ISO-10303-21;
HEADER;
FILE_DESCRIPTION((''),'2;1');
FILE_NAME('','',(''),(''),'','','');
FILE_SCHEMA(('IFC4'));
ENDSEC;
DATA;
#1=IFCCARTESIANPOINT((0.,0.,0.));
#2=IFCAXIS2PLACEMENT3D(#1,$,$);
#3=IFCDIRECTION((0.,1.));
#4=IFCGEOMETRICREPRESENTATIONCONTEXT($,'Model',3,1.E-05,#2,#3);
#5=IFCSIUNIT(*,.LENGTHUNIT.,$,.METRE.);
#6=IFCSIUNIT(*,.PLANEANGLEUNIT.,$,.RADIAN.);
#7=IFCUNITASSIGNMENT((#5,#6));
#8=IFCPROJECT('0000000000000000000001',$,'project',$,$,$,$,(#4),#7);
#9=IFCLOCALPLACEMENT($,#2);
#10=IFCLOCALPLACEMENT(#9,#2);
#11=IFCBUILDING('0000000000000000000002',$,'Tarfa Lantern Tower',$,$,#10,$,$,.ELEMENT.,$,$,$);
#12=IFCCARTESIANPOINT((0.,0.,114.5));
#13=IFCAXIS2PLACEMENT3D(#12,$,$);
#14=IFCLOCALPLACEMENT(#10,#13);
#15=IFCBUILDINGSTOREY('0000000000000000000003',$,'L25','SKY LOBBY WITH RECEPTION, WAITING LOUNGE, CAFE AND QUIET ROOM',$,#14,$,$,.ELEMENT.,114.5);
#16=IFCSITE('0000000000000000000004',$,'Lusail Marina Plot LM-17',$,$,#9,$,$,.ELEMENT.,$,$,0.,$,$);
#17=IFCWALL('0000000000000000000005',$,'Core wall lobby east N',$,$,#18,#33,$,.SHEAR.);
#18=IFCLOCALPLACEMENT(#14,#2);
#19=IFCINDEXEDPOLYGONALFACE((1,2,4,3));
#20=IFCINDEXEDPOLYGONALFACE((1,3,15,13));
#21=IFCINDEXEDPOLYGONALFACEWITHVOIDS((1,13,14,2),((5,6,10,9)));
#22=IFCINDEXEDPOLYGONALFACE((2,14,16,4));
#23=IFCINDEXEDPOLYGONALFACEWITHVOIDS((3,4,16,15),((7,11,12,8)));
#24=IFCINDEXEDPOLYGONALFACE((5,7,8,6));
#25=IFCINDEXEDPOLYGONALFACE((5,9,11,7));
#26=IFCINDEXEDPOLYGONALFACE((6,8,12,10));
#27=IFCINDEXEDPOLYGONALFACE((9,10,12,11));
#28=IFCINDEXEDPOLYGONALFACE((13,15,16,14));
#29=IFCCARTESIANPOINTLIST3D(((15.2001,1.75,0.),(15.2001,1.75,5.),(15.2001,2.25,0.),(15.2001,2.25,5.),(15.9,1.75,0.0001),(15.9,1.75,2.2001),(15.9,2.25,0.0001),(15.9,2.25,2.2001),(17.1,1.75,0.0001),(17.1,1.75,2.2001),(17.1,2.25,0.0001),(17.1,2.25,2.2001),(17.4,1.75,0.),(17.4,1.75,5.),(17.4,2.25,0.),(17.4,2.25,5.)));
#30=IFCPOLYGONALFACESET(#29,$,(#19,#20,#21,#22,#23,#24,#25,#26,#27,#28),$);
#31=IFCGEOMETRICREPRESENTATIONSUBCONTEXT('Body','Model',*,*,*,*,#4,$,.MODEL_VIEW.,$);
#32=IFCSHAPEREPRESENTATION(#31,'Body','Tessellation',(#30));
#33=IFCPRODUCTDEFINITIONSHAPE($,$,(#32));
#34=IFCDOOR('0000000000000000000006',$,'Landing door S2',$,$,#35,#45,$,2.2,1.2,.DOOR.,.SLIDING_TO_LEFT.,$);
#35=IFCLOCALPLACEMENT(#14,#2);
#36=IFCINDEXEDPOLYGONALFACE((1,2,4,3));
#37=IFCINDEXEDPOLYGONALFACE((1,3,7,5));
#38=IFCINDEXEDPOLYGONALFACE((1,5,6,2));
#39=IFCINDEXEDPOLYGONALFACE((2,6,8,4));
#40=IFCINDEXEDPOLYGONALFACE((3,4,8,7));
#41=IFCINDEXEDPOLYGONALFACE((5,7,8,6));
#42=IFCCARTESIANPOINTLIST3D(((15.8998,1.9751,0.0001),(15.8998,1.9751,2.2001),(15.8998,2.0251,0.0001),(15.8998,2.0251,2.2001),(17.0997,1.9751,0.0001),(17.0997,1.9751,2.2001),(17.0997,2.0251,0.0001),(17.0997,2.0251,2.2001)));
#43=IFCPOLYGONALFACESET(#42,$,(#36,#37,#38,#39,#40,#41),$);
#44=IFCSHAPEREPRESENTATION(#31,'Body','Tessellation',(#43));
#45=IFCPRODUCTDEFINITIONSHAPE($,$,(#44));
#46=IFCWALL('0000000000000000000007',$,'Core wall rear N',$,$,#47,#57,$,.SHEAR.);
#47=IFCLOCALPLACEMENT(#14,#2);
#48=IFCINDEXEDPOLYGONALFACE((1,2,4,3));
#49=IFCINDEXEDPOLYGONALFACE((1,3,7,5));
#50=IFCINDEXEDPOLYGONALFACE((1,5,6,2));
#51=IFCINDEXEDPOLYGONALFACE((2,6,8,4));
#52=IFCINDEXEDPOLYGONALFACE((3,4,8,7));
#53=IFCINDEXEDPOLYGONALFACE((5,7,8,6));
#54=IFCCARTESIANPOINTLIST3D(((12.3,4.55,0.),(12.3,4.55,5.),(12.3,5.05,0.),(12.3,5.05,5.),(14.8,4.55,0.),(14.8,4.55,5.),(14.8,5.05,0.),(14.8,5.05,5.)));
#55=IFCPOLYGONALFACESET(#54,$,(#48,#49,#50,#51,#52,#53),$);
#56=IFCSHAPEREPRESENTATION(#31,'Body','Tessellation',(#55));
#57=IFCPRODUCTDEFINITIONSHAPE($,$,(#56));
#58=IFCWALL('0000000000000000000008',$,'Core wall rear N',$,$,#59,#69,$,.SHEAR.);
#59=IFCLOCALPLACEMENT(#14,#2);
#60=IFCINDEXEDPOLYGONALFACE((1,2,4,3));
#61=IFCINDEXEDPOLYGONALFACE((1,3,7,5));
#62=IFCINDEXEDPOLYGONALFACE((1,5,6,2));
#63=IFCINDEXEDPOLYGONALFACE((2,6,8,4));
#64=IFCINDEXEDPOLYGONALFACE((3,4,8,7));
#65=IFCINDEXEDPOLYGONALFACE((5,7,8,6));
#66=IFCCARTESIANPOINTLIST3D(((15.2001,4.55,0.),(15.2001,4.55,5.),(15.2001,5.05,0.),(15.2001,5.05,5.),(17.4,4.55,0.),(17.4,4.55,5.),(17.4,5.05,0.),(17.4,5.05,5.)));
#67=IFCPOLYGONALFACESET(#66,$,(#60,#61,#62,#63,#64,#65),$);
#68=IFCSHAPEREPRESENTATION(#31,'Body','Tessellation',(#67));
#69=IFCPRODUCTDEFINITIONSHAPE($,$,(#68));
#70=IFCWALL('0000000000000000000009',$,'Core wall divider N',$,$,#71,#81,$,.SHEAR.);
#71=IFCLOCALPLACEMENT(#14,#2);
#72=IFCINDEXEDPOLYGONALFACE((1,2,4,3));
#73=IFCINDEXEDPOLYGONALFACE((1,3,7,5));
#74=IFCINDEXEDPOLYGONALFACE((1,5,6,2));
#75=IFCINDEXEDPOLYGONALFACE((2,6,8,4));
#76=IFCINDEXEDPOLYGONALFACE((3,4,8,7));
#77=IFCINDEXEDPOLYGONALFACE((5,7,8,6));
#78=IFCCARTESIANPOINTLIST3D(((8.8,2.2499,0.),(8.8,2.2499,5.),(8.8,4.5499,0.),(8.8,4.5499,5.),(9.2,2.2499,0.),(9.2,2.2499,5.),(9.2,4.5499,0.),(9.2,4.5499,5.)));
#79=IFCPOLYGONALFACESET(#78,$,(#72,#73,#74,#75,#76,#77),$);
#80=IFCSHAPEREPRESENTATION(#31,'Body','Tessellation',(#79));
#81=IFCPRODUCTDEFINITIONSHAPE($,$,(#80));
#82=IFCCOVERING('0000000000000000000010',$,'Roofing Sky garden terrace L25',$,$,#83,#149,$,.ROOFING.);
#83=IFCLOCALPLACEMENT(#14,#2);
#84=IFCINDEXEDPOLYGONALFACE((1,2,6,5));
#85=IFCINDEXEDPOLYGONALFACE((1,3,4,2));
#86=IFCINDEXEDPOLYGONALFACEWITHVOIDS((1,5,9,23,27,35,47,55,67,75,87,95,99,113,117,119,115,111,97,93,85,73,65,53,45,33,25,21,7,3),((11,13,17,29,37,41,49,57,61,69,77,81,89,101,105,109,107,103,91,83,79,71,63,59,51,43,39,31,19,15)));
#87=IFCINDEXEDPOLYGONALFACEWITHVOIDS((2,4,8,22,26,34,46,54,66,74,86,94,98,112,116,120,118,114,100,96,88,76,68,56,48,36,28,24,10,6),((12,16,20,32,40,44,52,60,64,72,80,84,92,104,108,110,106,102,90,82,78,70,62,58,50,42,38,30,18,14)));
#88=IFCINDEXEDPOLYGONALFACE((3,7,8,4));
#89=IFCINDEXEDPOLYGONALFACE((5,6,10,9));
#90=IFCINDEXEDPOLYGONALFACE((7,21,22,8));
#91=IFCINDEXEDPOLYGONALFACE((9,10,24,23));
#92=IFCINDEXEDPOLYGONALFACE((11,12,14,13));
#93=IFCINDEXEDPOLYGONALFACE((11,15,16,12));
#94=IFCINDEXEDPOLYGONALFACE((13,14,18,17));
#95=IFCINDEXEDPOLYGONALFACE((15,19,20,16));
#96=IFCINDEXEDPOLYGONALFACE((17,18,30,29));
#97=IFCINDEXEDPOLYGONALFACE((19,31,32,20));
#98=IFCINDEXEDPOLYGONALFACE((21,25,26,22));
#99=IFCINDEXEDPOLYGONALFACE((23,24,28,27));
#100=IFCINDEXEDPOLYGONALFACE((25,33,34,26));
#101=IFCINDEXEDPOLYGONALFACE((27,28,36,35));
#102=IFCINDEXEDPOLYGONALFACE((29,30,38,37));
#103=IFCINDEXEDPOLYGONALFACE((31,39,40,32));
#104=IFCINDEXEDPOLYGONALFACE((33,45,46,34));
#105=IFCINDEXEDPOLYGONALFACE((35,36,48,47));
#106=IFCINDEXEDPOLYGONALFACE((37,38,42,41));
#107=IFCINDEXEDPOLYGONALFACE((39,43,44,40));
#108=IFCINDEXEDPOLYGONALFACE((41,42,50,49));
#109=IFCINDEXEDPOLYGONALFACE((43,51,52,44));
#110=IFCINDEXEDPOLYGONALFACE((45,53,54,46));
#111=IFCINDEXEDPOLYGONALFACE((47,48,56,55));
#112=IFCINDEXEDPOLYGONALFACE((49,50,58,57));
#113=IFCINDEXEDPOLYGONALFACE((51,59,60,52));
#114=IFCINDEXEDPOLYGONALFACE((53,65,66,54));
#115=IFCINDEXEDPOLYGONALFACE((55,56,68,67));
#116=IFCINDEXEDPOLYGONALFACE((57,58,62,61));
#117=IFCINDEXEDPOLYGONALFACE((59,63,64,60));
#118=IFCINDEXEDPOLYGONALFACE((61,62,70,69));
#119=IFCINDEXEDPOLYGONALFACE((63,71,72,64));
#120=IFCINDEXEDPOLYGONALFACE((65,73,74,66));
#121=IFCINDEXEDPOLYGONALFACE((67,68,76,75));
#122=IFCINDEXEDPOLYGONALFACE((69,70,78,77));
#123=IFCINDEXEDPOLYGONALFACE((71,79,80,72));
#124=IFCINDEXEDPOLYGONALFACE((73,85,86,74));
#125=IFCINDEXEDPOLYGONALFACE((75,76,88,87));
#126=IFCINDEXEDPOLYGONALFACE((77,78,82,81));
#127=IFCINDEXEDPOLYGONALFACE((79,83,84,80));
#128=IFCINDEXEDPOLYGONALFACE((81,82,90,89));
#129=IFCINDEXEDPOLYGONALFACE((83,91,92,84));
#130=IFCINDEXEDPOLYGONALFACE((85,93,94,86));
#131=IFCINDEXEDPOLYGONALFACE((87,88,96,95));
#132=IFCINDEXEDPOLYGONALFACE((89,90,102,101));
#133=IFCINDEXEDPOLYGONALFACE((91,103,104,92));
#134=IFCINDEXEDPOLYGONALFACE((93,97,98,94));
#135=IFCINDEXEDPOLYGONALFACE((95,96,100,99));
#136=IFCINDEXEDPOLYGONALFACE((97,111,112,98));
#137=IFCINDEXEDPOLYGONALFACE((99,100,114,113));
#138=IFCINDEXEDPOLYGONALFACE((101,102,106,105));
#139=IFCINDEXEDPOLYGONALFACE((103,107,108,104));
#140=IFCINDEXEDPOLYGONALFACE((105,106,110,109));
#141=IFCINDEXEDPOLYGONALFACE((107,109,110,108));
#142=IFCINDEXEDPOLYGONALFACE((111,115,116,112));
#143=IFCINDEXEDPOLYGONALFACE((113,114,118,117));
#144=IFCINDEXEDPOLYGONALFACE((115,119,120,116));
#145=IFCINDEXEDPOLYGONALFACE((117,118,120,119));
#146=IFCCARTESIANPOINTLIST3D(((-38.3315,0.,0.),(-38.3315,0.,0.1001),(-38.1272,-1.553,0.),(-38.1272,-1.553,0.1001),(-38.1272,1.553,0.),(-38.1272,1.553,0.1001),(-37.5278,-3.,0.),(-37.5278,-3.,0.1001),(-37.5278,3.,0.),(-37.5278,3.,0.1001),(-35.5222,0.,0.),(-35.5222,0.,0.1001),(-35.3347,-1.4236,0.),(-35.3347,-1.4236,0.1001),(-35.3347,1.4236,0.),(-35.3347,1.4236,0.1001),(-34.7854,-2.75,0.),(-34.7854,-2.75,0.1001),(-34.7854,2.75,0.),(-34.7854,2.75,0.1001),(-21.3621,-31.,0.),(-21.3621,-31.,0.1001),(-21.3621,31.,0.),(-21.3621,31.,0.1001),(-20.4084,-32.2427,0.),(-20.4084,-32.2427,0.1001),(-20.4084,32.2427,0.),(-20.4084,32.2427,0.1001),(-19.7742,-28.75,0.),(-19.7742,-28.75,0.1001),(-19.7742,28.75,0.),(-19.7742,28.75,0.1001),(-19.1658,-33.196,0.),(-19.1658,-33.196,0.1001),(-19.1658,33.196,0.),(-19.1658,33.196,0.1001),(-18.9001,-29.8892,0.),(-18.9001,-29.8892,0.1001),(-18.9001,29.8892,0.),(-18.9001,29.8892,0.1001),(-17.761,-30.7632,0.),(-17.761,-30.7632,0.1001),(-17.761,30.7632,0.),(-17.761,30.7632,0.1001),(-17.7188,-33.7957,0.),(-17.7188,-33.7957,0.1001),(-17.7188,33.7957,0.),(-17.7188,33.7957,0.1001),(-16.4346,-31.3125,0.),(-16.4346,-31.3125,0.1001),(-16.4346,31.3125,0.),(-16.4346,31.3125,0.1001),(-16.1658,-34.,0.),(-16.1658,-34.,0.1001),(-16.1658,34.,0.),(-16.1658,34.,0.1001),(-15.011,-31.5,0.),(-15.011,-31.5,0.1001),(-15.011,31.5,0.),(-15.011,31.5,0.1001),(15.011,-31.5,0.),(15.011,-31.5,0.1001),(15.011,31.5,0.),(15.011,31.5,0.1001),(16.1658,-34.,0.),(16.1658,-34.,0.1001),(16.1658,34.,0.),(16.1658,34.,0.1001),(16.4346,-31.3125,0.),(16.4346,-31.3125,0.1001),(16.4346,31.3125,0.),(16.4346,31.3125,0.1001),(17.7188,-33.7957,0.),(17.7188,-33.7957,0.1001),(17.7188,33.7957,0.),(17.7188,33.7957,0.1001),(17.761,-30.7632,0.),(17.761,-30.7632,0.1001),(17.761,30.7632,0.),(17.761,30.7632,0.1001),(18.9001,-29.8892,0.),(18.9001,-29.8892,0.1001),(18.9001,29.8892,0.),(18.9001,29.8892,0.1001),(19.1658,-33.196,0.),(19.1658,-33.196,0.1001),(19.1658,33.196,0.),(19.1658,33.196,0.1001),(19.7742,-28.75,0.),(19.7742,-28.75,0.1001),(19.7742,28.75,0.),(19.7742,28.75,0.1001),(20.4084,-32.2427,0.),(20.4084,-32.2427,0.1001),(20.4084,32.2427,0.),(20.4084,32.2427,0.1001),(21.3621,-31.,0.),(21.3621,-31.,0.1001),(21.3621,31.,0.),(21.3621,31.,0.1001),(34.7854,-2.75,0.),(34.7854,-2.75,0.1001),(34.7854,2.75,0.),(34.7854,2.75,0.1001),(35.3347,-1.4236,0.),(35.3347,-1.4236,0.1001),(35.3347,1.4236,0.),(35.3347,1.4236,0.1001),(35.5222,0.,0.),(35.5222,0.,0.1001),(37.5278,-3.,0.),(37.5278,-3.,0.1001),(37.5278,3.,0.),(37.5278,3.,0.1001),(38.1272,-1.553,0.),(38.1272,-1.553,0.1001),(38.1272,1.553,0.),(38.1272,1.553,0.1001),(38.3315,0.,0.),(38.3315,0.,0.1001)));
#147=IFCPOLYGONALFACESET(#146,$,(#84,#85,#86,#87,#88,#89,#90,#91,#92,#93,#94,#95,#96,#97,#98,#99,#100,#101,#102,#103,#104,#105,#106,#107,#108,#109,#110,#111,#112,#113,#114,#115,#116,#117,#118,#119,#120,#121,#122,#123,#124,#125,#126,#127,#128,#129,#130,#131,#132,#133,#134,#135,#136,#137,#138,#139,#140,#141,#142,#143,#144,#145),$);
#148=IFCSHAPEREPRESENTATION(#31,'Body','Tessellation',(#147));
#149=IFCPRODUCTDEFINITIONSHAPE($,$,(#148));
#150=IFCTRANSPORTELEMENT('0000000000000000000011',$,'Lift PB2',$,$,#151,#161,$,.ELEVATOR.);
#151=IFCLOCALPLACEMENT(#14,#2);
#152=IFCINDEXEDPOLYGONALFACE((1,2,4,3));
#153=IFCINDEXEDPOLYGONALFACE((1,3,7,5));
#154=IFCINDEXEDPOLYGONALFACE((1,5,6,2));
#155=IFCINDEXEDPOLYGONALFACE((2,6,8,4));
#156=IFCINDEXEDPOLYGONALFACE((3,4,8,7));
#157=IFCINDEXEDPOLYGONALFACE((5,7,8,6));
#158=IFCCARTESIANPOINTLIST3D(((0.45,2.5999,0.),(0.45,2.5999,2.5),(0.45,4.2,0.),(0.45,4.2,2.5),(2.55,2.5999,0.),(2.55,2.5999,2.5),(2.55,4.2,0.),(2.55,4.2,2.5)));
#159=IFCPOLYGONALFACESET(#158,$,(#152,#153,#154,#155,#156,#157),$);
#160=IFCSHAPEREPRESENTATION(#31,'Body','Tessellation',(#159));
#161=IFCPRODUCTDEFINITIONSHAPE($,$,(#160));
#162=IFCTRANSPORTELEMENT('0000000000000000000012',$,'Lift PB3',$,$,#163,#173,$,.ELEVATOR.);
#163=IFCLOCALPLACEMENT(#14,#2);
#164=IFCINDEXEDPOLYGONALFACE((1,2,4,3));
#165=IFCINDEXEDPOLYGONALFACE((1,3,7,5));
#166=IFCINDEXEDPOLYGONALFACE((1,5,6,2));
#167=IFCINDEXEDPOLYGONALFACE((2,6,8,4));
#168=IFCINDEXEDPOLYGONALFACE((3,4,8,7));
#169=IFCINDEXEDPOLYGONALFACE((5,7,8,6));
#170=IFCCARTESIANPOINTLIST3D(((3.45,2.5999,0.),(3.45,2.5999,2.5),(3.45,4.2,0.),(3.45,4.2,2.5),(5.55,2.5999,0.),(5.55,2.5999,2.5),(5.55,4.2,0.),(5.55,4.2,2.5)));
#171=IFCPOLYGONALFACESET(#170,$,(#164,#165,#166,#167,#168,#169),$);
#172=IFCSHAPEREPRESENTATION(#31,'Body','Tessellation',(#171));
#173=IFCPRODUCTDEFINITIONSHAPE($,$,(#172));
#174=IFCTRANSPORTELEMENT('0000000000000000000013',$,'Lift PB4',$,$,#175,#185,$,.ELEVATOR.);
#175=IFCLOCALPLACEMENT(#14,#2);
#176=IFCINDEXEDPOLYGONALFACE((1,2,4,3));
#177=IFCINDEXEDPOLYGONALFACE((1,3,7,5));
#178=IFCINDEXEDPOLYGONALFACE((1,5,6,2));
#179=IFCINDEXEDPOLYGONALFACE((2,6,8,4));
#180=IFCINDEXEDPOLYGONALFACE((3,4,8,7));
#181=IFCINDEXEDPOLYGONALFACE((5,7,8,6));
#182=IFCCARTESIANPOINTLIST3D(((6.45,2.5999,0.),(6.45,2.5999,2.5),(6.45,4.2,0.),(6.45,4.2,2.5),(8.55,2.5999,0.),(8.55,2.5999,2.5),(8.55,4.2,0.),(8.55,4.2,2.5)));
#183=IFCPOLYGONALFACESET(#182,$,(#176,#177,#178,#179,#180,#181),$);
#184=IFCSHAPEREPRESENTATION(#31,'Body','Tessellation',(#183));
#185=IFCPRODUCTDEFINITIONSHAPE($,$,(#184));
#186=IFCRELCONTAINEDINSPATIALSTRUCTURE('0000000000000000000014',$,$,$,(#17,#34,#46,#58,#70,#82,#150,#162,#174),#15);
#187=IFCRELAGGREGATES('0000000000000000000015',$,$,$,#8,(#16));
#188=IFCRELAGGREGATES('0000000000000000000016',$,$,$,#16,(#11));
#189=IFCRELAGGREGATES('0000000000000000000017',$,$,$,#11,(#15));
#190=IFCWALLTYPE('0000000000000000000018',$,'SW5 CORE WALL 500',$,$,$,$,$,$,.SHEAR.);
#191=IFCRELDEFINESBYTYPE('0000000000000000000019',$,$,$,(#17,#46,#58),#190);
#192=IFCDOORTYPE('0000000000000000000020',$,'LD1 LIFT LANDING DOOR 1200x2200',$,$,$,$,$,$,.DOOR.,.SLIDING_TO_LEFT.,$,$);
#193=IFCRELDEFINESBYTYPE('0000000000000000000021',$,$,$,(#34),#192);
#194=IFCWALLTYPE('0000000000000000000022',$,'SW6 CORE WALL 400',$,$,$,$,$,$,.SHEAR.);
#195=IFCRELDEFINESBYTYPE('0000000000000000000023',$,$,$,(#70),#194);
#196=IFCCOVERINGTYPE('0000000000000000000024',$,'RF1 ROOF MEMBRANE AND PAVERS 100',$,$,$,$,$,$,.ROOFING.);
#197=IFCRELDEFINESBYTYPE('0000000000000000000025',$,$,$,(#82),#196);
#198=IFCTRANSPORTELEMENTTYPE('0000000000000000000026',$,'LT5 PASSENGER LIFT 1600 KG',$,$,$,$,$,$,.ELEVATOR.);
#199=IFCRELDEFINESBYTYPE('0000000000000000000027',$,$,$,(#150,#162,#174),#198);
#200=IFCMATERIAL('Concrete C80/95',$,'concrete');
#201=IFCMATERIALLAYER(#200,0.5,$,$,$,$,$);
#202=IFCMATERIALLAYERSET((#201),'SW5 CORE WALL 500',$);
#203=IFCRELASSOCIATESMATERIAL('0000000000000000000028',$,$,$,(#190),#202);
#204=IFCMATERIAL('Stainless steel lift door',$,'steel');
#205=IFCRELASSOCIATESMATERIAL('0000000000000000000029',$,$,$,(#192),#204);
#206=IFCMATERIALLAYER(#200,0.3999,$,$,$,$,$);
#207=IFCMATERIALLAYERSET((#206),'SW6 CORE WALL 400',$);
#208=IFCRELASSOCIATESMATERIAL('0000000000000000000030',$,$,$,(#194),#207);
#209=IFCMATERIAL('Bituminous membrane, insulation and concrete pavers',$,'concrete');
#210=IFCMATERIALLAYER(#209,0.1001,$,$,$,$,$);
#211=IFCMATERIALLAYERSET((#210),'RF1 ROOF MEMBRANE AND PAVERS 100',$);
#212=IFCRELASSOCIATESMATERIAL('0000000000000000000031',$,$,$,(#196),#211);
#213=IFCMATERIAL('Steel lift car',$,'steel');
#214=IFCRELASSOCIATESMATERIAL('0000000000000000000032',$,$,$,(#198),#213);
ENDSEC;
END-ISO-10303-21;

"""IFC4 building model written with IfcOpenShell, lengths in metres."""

from ifc_helpers import new_model, si_unit, direction, frame, frame_2d, origin, origin_2d, place, context, subcontext, project, spatial, polyline, rectangle, outline, extrude, material, layer, layer_set, type_object, element, fill, save


model = new_model("IFC4")

# Units and contexts
model_context = context("Model", 3, precision=1e-05, world=origin(), true_north=direction((0.0, 1.0)))
body_context = subcontext(model_context, "Body", "Model", "MODEL_VIEW")
ifc_project = project(units=[si_unit("LENGTHUNIT", "METRE"), si_unit("PLANEANGLEUNIT", "RADIAN")], contexts=[model_context])

# Site, building, storey
site_placement = place(None, origin())
site = spatial("IfcSite", under=ifc_project, at=site_placement, Name="Lusail Marina Plot LM-17", CompositionType="ELEMENT", RefElevation=0.0)
building_placement = place(site_placement, origin())
building = spatial("IfcBuilding", under=site, at=building_placement, Name="Tarfa Lantern Tower", CompositionType="ELEMENT")
storey_placement = place(building_placement, frame((0.0, 0.0, 114.5)))
storey = spatial("IfcBuildingStorey", under=building, at=storey_placement, Name="L25", Description="SKY LOBBY WITH RECEPTION, WAITING LOUNGE, CAFE AND QUIET ROOM", CompositionType="ELEMENT", Elevation=114.5)

# Shared definitions
ifc_material_1 = material(Name="Concrete C80/95", Category="concrete")
ifc_layer_1 = layer(ifc_material_1, 0.5)
ifc_layer_set_1 = layer_set([ifc_layer_1], Name="SW5 CORE WALL 500")
wall_type_1 = type_object("IfcWallType", Name="SW5 CORE WALL 500", PredefinedType="SHEAR", material=ifc_layer_set_1)

# Wall, opening, door
wall_1_placement = place(storey_placement, frame((15.2, 2.0, 0.0), z_axis=(0.0, 0.0, 1.0), x_axis=(1.0, 0.0, 0.0)))
wall_1 = element("IfcWall", 1, at=wall_1_placement, inside=storey, type_object=wall_type_1, Name="Core wall lobby east N", PredefinedType="SHEAR", context=body_context, shape_type="SweptSolid", body=[
    extrude(rectangle(XDim=2.2, YDim=0.5, at=frame_2d((1.1001, 0.0))), origin(), (0.0, 0.0, 1.0), 5.0),
])
opening_placement = place(wall_1_placement, frame((0.7, 0.0, 0.0)))
opening = element("IfcOpeningElement", 2, at=opening_placement, cuts=wall_1, PredefinedType="OPENING", context=body_context, shape_type="SweptSolid", body=[
    extrude(rectangle(XDim=1.2, YDim=2.2, at=frame_2d((0.6001, 1.1001))), frame((0.0, 0.26, 0.0), z_axis=(0.0, -1.0, 0.0), x_axis=(1.0, 0.0, 0.0)), (0.0, 0.0, 1.0), 0.52),
])
ifc_material_2 = material(Name="Stainless steel lift door", Category="steel")
door_type = type_object("IfcDoorType", Name="LD1 LIFT LANDING DOOR 1200x2200", OperationType="SLIDING_TO_LEFT", PredefinedType="DOOR", material=ifc_material_2)
door_placement = place(opening_placement, frame((1.2, 0.0, 0.0), z_axis=(0.0, 0.0, 1.0), x_axis=(-1.0, 0.0, 0.0)))
door = element("IfcDoor", 3, at=door_placement, inside=storey, type_object=door_type, Name="Landing door S2", OperationType="SLIDING_TO_LEFT", OverallHeight=2.2, OverallWidth=1.2, PredefinedType="DOOR", context=body_context, shape_type="SweptSolid", body=[
    extrude(rectangle(XDim=1.2, YDim=2.2, at=frame_2d((0.6001, 1.1001))), frame((0.0, 0.0249, 0.0), z_axis=(0.0, -1.0, 0.0), x_axis=(1.0, 0.0, 0.0)), (0.0, 0.0, 1.0), 0.05),
])
fill(opening, door)

# Walls
wall_2_placement = place(storey_placement, frame((12.3, 4.8, 0.0), z_axis=(0.0, 0.0, 1.0), x_axis=(1.0, 0.0, 0.0)))
element("IfcWall", 4, at=wall_2_placement, inside=storey, type_object=wall_type_1, Name="Core wall rear N", PredefinedType="SHEAR", context=body_context, shape_type="SweptSolid", body=[
    extrude(rectangle(XDim=2.5, YDim=0.5, at=frame_2d((1.25, 0.0))), origin(), (0.0, 0.0, 1.0), 5.0),
])
wall_3_placement = place(storey_placement, frame((15.2, 4.8, 0.0), z_axis=(0.0, 0.0, 1.0), x_axis=(1.0, 0.0, 0.0)))
element("IfcWall", 5, at=wall_3_placement, inside=storey, type_object=wall_type_1, Name="Core wall rear N", PredefinedType="SHEAR", context=body_context, shape_type="SweptSolid", body=[
    extrude(rectangle(XDim=2.2, YDim=0.5, at=frame_2d((1.1001, 0.0))), origin(), (0.0, 0.0, 1.0), 5.0),
])
ifc_layer_2 = layer(ifc_material_1, 0.3999)
ifc_layer_set_2 = layer_set([ifc_layer_2], Name="SW6 CORE WALL 400")
wall_type_2 = type_object("IfcWallType", Name="SW6 CORE WALL 400", PredefinedType="SHEAR", material=ifc_layer_set_2)
wall_4_placement = place(storey_placement, frame((9.0, 2.25, 0.0), z_axis=(0.0, 0.0, 1.0), x_axis=(0.0, 1.0, 0.0)))
element("IfcWall", 6, at=wall_4_placement, inside=storey, type_object=wall_type_2, Name="Core wall divider N", PredefinedType="SHEAR", context=body_context, shape_type="SweptSolid", body=[
    extrude(rectangle(XDim=2.3, YDim=0.3999, at=frame_2d((1.1499, 0.0))), origin(), (0.0, 0.0, 1.0), 5.0),
])

# Covering
ifc_material_3 = material(Name="Bituminous membrane, insulation and concrete pavers", Category="concrete")
ifc_layer_3 = layer(ifc_material_3, 0.1001)
ifc_layer_set_3 = layer_set([ifc_layer_3], Name="RF1 ROOF MEMBRANE AND PAVERS 100")
covering_type = type_object("IfcCoveringType", Name="RF1 ROOF MEMBRANE AND PAVERS 100", PredefinedType="ROOFING", material=ifc_layer_set_3)
covering_placement = place(storey_placement, origin())
element("IfcCovering", 7, at=covering_placement, inside=storey, type_object=covering_type, Name="Roofing Sky garden terrace L25", PredefinedType="ROOFING", context=body_context, shape_type="SweptSolid", body=[
    extrude(outline(polyline([(37.5278, 3.0), (21.3621, 31.0), (20.4084, 32.2427), (19.1658, 33.196), (17.7188, 33.7957), (16.1658, 34.0), (-16.1658, 34.0), (-17.7188, 33.7957), (-19.1658, 33.196), (-20.4084, 32.2427), (-21.3621, 31.0), (-37.5278, 3.0), (-38.1272, 1.553), (-38.3315, 0.0), (-38.1272, -1.553), (-37.5278, -3.0), (-21.3621, -31.0), (-20.4084, -32.2427), (-19.1658, -33.196), (-17.7188, -33.7957), (-16.1658, -34.0), (16.1658, -34.0), (17.7188, -33.7957), (19.1658, -33.196), (20.4084, -32.2427), (21.3621, -31.0), (37.5278, -3.0), (38.1272, -1.553), (38.3315, 0.0), (38.1272, 1.553), (37.5278, 3.0)]), holes=[polyline([(34.7854, 2.75), (19.7742, 28.75), (18.9001, 29.8892), (17.761, 30.7632), (16.4346, 31.3125), (15.011, 31.5), (-15.011, 31.5), (-16.4346, 31.3125), (-17.761, 30.7632), (-18.9001, 29.8892), (-19.7742, 28.75), (-34.7854, 2.75), (-35.3347, 1.4236), (-35.5222, 0.0), (-35.3347, -1.4236), (-34.7854, -2.75), (-19.7742, -28.75), (-18.9001, -29.8892), (-17.761, -30.7632), (-16.4346, -31.3125), (-15.011, -31.5), (15.011, -31.5), (16.4346, -31.3125), (17.761, -30.7632), (18.9001, -29.8892), (19.7742, -28.75), (34.7854, -2.75), (35.3347, -1.4236), (35.5222, 0.0), (35.3347, 1.4236), (34.7854, 2.75)])]), origin(), (0.0, 0.0, 1.0), 0.1001),
])

# Transport elements
ifc_material_4 = material(Name="Steel lift car", Category="steel")
transport_element_type = type_object("IfcTransportElementType", Name="LT5 PASSENGER LIFT 1600 KG", PredefinedType="ELEVATOR", material=ifc_material_4)
for number, where, z_axis, x_axis, name in (
    (8, (1.5, 3.3999, 0.0), (0.0, 0.0, 1.0), (1.0, 0.0, 0.0), "Lift PB2"),
    (9, (4.5, 3.3999, 0.0), (0.0, 0.0, 1.0), (1.0, 0.0, 0.0), "Lift PB3"),
    (10, (7.5, 3.3999, 0.0), (0.0, 0.0, 1.0), (1.0, 0.0, 0.0), "Lift PB4"),
):
    element("IfcTransportElement", number, at=place(storey_placement, frame(where, z_axis=z_axis, x_axis=x_axis)), inside=storey, type_object=transport_element_type, Name=name, PredefinedType="ELEVATOR", context=body_context, shape_type="SweptSolid", body=[
        extrude(rectangle(XDim=2.1001, YDim=1.6001, at=origin_2d()), origin(), (0.0, 0.0, 1.0), 2.5),
    ])

save(model, "model.ifc")
